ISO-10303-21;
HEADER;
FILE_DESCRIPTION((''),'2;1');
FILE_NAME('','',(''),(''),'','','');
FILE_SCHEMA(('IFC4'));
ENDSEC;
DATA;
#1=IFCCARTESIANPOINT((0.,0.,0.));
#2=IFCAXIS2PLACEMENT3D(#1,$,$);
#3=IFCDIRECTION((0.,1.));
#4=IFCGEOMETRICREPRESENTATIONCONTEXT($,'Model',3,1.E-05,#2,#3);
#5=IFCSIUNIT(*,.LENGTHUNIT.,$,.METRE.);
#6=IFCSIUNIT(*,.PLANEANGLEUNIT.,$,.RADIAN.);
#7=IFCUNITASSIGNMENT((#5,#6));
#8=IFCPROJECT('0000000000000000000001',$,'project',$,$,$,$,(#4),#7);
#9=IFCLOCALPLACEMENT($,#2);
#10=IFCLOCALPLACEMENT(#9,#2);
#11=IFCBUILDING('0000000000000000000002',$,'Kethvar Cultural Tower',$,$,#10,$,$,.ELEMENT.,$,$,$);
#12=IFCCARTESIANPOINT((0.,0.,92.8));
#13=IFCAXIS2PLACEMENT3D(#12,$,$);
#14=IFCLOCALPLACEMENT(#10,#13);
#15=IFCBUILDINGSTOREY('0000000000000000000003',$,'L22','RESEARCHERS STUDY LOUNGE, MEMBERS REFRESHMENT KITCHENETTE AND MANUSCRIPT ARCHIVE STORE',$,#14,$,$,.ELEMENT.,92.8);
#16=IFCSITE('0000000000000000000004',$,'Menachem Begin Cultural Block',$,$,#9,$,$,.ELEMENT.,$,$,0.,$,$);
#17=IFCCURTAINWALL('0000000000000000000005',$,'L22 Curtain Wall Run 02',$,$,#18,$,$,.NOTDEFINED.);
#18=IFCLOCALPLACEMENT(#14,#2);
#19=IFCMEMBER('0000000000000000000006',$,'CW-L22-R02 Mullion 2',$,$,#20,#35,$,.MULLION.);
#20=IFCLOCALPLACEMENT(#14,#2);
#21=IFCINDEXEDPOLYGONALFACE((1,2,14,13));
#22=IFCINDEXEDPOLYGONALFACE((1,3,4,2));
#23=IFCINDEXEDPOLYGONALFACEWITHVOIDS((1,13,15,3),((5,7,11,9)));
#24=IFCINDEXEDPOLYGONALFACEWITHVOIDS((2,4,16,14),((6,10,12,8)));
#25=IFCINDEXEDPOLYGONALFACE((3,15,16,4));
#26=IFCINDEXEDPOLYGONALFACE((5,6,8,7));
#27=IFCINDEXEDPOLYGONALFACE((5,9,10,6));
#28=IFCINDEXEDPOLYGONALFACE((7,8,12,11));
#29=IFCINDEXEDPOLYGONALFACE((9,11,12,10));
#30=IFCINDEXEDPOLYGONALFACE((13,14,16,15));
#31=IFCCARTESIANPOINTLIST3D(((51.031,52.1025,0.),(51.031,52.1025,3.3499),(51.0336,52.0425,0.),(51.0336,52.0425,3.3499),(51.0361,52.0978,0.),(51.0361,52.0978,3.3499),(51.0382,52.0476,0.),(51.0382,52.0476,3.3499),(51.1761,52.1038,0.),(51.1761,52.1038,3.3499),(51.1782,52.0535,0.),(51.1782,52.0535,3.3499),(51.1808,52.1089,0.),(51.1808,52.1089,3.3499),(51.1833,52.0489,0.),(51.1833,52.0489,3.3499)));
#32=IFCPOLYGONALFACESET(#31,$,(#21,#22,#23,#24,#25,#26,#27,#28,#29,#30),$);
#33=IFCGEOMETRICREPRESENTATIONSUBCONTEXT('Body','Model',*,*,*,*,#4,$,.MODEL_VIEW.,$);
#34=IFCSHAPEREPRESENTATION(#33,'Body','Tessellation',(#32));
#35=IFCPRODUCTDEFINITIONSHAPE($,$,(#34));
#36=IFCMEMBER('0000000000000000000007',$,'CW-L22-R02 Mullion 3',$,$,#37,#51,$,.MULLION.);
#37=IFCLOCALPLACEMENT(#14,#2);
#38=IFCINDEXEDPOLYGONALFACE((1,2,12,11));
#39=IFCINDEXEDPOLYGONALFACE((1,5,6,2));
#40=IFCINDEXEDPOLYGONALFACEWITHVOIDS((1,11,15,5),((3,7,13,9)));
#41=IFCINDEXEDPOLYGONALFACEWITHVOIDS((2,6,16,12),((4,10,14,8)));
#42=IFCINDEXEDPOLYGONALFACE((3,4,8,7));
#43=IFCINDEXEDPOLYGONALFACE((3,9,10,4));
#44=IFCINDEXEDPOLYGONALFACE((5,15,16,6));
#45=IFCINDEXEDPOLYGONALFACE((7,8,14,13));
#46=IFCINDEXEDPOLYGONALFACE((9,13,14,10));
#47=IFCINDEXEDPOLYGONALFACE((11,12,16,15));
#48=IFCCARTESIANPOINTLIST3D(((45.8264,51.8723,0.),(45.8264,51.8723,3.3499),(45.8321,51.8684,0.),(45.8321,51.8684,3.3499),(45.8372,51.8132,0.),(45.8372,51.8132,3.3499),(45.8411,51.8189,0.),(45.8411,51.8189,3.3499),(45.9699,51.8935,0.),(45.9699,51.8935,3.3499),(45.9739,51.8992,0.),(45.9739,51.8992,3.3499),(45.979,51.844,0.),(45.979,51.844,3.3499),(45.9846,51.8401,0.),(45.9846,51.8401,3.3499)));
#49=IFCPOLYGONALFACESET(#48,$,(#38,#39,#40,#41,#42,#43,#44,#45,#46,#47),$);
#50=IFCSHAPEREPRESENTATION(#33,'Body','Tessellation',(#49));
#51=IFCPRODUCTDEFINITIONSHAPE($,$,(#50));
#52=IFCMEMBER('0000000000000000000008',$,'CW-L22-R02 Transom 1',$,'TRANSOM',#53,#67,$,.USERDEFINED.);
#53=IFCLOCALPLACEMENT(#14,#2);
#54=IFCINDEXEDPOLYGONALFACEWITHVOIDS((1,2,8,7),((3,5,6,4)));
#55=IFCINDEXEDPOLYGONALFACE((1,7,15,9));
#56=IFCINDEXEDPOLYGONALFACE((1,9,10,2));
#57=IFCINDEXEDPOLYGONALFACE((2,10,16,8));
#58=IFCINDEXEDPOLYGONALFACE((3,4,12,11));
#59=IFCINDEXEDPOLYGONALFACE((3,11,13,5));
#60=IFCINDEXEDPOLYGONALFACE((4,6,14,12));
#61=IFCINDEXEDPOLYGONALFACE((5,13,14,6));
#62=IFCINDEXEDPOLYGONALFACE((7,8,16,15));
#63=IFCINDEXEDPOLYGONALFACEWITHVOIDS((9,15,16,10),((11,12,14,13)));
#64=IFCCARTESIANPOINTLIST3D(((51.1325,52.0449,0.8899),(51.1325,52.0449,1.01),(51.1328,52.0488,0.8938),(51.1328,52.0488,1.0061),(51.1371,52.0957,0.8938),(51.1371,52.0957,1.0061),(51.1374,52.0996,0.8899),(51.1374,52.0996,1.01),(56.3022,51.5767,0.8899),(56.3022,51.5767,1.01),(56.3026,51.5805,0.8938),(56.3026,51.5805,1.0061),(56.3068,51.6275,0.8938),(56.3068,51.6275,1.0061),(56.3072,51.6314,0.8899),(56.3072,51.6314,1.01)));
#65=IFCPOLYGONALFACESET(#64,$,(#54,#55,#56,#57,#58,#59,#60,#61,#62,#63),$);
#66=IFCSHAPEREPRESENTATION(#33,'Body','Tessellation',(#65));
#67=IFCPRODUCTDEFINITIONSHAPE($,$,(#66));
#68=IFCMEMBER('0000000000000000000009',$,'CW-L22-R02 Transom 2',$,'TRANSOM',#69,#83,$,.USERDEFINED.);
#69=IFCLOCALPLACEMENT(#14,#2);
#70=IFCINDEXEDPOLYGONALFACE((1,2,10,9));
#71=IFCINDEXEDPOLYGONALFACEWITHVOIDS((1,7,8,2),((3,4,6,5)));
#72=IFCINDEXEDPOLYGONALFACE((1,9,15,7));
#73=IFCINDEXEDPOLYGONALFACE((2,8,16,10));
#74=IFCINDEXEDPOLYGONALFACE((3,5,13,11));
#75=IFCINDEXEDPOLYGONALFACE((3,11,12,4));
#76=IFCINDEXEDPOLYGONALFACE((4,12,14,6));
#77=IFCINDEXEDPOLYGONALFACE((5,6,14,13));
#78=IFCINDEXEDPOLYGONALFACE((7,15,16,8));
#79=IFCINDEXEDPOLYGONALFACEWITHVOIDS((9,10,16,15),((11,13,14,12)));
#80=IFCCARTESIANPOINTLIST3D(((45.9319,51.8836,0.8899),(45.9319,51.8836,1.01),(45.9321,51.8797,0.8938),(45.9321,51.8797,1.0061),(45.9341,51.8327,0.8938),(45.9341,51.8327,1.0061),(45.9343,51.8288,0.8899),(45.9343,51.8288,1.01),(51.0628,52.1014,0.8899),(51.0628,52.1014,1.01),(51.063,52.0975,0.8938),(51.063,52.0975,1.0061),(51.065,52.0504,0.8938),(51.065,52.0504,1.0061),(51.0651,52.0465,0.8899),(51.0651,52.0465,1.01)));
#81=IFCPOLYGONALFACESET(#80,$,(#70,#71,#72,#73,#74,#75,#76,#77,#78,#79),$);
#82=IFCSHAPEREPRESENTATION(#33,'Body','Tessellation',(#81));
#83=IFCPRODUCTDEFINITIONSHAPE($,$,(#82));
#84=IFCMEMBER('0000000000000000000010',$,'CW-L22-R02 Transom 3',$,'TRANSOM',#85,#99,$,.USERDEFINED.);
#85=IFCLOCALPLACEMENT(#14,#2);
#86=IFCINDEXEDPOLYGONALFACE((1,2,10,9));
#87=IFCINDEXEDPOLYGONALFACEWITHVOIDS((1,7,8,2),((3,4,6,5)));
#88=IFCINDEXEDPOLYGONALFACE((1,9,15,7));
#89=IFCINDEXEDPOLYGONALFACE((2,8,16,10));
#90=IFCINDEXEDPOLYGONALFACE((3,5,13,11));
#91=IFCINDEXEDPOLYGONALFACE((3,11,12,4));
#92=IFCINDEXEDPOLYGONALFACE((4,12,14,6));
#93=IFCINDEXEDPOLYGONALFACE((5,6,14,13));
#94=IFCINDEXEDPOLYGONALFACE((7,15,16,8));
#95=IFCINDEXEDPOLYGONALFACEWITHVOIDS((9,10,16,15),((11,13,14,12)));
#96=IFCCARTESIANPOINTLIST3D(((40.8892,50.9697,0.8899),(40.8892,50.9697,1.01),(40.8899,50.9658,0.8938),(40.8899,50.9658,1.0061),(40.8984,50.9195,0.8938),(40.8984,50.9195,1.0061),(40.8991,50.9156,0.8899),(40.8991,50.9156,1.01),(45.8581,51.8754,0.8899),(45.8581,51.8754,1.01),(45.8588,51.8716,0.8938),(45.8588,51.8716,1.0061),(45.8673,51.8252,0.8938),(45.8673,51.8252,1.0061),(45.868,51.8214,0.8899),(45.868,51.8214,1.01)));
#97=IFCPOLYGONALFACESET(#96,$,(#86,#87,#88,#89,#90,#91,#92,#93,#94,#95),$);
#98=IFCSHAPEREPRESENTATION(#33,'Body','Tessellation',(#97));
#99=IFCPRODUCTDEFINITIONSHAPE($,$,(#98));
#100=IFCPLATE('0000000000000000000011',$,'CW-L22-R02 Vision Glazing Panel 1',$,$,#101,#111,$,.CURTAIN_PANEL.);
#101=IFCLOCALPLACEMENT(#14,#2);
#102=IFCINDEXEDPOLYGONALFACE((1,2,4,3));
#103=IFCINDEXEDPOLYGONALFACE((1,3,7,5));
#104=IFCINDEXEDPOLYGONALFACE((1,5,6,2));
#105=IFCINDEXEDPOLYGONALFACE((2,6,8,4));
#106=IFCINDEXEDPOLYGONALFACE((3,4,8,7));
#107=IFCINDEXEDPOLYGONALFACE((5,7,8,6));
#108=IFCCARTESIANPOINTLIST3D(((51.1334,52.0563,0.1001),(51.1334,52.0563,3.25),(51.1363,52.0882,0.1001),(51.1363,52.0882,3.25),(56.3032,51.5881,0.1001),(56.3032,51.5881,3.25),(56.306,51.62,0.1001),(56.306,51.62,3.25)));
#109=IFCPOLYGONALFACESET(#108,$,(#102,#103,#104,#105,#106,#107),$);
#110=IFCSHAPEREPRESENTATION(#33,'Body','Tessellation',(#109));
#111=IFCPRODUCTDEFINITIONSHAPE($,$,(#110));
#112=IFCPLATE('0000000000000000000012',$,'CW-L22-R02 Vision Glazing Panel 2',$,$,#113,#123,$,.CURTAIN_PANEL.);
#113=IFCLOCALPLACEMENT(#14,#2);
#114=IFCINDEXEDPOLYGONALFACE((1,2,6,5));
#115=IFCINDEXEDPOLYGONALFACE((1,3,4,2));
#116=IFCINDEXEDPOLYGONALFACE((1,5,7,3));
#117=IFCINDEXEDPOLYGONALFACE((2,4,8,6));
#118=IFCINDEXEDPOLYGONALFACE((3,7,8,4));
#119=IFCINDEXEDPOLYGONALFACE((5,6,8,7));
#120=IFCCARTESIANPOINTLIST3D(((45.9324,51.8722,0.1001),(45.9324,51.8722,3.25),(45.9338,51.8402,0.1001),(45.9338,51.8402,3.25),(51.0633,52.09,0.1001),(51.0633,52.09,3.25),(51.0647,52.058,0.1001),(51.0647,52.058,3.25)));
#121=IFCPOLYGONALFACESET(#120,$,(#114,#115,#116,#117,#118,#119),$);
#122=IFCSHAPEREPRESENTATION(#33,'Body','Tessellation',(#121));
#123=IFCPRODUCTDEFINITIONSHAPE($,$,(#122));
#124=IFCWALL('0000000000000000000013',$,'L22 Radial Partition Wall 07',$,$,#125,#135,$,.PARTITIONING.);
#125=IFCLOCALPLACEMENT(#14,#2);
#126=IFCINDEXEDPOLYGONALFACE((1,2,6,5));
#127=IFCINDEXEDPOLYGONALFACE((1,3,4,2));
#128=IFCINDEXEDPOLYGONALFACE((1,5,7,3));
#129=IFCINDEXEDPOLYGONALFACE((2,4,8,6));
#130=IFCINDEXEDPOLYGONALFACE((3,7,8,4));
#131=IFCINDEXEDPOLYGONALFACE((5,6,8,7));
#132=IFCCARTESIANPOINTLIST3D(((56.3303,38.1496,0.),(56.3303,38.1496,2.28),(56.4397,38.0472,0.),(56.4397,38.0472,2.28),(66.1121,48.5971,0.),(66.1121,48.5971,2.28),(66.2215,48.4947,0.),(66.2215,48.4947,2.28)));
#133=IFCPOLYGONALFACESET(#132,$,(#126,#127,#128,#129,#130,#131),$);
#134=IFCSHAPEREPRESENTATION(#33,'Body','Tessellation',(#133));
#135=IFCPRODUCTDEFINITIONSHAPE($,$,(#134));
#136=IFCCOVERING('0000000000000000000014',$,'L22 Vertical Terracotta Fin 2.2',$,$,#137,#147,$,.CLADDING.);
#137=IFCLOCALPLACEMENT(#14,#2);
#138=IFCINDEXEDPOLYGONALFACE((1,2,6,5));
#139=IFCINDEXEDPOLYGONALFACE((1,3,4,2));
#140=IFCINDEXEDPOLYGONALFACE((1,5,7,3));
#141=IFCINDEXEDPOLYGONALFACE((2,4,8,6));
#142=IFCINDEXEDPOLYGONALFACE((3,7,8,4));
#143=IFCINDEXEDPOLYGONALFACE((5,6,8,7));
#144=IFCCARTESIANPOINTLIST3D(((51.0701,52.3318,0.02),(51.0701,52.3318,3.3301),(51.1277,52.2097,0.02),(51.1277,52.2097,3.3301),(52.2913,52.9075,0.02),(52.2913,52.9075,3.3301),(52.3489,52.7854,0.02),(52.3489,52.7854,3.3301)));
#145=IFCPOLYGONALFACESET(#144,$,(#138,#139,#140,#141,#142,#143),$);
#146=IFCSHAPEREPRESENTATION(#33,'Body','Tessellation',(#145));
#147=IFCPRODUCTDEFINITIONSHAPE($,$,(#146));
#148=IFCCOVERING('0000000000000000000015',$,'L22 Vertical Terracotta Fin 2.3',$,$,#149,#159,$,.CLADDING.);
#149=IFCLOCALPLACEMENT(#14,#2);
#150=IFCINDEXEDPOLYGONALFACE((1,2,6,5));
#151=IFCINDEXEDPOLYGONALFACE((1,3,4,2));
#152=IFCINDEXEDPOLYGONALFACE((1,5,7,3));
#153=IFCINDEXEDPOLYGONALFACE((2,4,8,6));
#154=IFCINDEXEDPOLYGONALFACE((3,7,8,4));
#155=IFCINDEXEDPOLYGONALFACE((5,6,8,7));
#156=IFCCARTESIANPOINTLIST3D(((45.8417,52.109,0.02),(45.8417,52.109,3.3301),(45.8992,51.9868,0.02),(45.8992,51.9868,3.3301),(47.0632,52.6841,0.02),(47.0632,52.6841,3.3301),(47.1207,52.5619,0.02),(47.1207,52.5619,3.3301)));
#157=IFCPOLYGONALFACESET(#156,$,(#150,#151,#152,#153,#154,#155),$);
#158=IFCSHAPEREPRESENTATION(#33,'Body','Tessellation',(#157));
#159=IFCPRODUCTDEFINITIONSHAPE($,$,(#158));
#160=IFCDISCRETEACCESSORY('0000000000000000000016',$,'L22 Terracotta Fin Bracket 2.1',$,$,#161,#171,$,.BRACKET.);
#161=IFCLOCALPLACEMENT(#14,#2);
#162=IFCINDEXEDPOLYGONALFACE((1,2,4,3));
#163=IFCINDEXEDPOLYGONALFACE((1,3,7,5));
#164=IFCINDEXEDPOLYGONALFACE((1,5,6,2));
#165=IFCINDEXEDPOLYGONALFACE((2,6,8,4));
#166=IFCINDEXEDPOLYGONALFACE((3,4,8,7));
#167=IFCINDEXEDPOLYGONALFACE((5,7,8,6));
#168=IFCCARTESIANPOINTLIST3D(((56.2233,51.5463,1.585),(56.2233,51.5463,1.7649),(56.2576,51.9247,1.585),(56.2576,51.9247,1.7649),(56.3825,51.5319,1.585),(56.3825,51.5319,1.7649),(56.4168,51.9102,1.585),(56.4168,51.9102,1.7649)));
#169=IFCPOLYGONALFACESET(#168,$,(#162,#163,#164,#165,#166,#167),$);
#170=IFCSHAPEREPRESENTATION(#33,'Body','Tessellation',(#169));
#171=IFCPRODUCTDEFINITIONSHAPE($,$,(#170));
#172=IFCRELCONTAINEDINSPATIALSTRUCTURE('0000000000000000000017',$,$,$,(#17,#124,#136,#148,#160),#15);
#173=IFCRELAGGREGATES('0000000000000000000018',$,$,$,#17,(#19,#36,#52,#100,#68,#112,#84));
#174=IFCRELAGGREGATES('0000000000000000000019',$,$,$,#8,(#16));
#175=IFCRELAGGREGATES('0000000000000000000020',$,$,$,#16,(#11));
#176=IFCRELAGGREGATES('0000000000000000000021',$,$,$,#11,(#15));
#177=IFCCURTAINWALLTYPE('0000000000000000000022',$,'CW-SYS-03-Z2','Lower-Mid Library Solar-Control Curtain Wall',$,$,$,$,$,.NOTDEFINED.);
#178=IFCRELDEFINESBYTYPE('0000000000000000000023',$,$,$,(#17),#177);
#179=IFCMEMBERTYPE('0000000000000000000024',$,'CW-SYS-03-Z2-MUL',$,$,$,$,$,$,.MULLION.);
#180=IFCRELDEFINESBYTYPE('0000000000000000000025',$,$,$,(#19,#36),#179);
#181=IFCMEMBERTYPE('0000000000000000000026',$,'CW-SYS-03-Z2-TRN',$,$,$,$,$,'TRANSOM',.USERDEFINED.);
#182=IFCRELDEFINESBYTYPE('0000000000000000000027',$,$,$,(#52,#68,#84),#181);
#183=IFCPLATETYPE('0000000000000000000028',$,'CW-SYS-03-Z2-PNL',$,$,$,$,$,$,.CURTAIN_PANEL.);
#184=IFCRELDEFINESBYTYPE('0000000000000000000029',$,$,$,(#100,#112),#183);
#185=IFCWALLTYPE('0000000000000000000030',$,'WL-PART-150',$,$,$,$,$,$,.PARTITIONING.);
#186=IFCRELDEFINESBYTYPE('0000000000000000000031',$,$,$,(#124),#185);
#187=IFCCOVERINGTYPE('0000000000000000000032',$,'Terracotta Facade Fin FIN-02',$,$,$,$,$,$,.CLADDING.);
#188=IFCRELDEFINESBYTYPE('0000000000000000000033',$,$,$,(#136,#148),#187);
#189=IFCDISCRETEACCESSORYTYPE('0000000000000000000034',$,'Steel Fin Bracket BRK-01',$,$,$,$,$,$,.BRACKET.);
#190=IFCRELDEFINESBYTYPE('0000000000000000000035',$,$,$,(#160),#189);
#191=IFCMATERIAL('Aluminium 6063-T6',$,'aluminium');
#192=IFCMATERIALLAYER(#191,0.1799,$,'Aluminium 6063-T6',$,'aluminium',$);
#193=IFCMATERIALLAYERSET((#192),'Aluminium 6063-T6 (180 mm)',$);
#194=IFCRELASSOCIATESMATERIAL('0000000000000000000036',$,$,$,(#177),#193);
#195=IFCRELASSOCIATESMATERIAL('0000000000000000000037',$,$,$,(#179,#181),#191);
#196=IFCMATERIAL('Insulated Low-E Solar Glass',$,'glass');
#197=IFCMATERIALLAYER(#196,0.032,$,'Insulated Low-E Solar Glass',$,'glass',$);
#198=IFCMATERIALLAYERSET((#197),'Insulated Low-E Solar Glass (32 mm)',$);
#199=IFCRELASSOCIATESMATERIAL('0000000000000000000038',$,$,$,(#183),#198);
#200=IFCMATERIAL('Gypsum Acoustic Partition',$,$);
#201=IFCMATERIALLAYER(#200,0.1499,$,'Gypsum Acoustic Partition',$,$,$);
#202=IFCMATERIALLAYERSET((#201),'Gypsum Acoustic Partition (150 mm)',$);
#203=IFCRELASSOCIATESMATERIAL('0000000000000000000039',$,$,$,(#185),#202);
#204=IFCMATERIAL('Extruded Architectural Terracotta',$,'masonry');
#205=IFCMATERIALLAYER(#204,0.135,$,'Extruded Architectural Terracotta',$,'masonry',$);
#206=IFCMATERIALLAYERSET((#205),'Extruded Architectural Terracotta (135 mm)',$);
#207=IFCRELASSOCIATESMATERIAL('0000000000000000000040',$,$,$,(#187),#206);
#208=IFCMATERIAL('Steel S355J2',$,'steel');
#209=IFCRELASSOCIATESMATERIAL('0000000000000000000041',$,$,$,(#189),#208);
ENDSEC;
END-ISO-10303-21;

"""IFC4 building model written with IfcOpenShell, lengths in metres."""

from ifc_helpers import new_model, si_unit, direction, frame, frame_2d, origin, origin_2d, place, context, subcontext, project, spatial, rectangle, hollow_rectangle, extrude, source, transform, mapped, material, layer, layer_set, material_profile, profile_set, type_object, element, aggregate, save


model = new_model("IFC4")

# Units and contexts
model_context = context("Model", 3, precision=1e-05, world=origin(), true_north=direction((0.0, 1.0)))
body_context = subcontext(model_context, "Body", "Model", "MODEL_VIEW")
ifc_project = project(units=[si_unit("LENGTHUNIT", "METRE"), si_unit("PLANEANGLEUNIT", "RADIAN")], contexts=[model_context])

# Site, building, storey
site_placement = place(None, origin())
site = spatial("IfcSite", under=ifc_project, at=site_placement, Name="Menachem Begin Cultural Block", CompositionType="ELEMENT", RefElevation=0.0)
building_placement = place(site_placement, origin())
building = spatial("IfcBuilding", under=site, at=building_placement, Name="Kethvar Cultural Tower", CompositionType="ELEMENT")
storey_placement = place(building_placement, frame((0.0, 0.0, 92.8)))
storey = spatial("IfcBuildingStorey", under=building, at=storey_placement, Name="L22", Description="RESEARCHERS STUDY LOUNGE, MEMBERS REFRESHMENT KITCHENETTE AND MANUSCRIPT ARCHIVE STORE", CompositionType="ELEMENT", Elevation=92.8)

# Shared definitions
ifc_material_1 = material(Name="Steel S355J2", Category="steel")

# Shared definitions
ifc_material_2 = material(Name="Aluminium 6063-T6", Category="aluminium")
ifc_layer_1 = layer(ifc_material_2, 0.1799, Name="Aluminium 6063-T6", Category="aluminium")
ifc_layer_set_1 = layer_set([ifc_layer_1], Name="Aluminium 6063-T6 (180 mm)")
curtain_wall_type = type_object("IfcCurtainWallType", Name="CW-SYS-03-Z2", Description="Lower-Mid Library Solar-Control Curtain Wall", PredefinedType="NOTDEFINED", material=ifc_layer_set_1)
ifc_material_profile_1 = material_profile(ifc_material_2, hollow_rectangle(XDim=0.0601, YDim=0.1499, WallThickness=0.0049, at=origin_2d()), Name="Aluminium 6063-T6 — RHS150x60x5")
ifc_profile_set_1 = profile_set([ifc_material_profile_1], Name="Aluminium 6063-T6 — RHS150x60x5")
member_type_1 = type_object("IfcMemberType", Name="CW-SYS-03-Z2-MUL", PredefinedType="MULLION", material=ifc_profile_set_1)
shared_shape_1 = source(origin(), body_context, "Body", "SweptSolid", [
    extrude(hollow_rectangle(XDim=0.0601, YDim=0.1499, WallThickness=0.0049, at=origin_2d()), origin(), (0.0, 0.0, 1.0), 3.3499),
])

# Curtain wall, members, plates
curtain_wall_1_placement = place(storey_placement, origin())
curtain_wall_1 = element("IfcCurtainWall", 1, at=curtain_wall_1_placement, inside=storey, type_object=curtain_wall_type, Name="L22 Curtain Wall Run 02", PredefinedType="NOTDEFINED")
member_1_placement = place(storey_placement, frame((51.1072, 52.0757, 0.0), z_axis=(0.0, 0.0, 1.0), x_axis=(0.042416, -0.9991, 0.0)))
member_1 = element("IfcMember", 2, at=member_1_placement, type_object=member_type_1, Name="CW-L22-R02 Mullion 2", PredefinedType="MULLION", context=body_context, shape_type="MappedRepresentation", body=[
    mapped(shared_shape_1, transform((0.0, 0.0, 0.0), scale=1.0)),
])
member_2_placement = place(storey_placement, frame((45.9055, 51.8562, 0.0), z_axis=(0.0, 0.0, 1.0), x_axis=(0.179317, -0.983791, 0.0)))
member_2 = element("IfcMember", 3, at=member_2_placement, type_object=member_type_1, Name="CW-L22-R02 Mullion 3", PredefinedType="MULLION", context=body_context, shape_type="MappedRepresentation", body=[
    mapped(shared_shape_1, transform((0.0, 0.0, 0.0), scale=1.0)),
])
ifc_material_profile_2 = material_profile(ifc_material_2, hollow_rectangle(XDim=0.0549, YDim=0.1201, WallThickness=0.0039, at=origin_2d()), Name="Aluminium 6063-T6 — RHS120x55x4")
ifc_profile_set_2 = profile_set([ifc_material_profile_2], Name="Aluminium 6063-T6 — RHS120x55x4")
member_type_2 = type_object("IfcMemberType", Name="CW-SYS-03-Z2-TRN", ElementType="TRANSOM", PredefinedType="USERDEFINED", material=ifc_profile_set_2)
shared_shape_2 = source(origin(), body_context, "Body", "SweptSolid", [
    extrude(hollow_rectangle(XDim=0.0549, YDim=0.1201, WallThickness=0.0039, at=origin_2d()), origin(), (0.0, 0.0, 1.0), 5.1909),
])
member_3_placement = place(storey_placement, frame((56.3047, 51.604, 0.95), z_axis=(-0.995923, 0.090209, 0.0), x_axis=(-0.090209, -0.995923, 0.0)))
member_3 = element("IfcMember", 4, at=member_3_placement, type_object=member_type_2, Name="CW-L22-R02 Transom 1", ObjectType="TRANSOM", PredefinedType="USERDEFINED", context=body_context, shape_type="MappedRepresentation", body=[
    mapped(shared_shape_2, transform((0.0, 0.0, 0.0), scale=1.0)),
])
shared_shape_3 = source(origin(), body_context, "Body", "SweptSolid", [
    extrude(hollow_rectangle(XDim=0.0549, YDim=0.1201, WallThickness=0.0039, at=origin_2d()), origin(), (0.0, 0.0, 1.0), 5.1355),
])
member_4_placement = place(storey_placement, frame((51.064, 52.074, 0.95), z_axis=(-0.9991, -0.042406, 0.0), x_axis=(0.042406, -0.9991, 0.0)))
member_4 = element("IfcMember", 5, at=member_4_placement, type_object=member_type_2, Name="CW-L22-R02 Transom 2", ObjectType="TRANSOM", PredefinedType="USERDEFINED", context=body_context, shape_type="MappedRepresentation", body=[
    mapped(shared_shape_3, transform((0.0, 0.0, 0.0), scale=1.0)),
])
shared_shape_4 = source(origin(), body_context, "Body", "SweptSolid", [
    extrude(hollow_rectangle(XDim=0.0549, YDim=0.1201, WallThickness=0.0039, at=origin_2d()), origin(), (0.0, 0.0, 1.0), 5.0508),
])
member_5_placement = place(storey_placement, frame((45.863, 51.8484, 0.95), z_axis=(-0.983789, -0.179328, 0.0), x_axis=(0.179328, -0.983789, 0.0)))
member_5 = element("IfcMember", 6, at=member_5_placement, type_object=member_type_2, Name="CW-L22-R02 Transom 3", ObjectType="TRANSOM", PredefinedType="USERDEFINED", context=body_context, shape_type="MappedRepresentation", body=[
    mapped(shared_shape_4, transform((0.0, 0.0, 0.0), scale=1.0)),
])
ifc_material_3 = material(Name="Insulated Low-E Solar Glass", Category="glass")
ifc_layer_2 = layer(ifc_material_3, 0.032, Name="Insulated Low-E Solar Glass", Category="glass")
ifc_layer_set_2 = layer_set([ifc_layer_2], Name="Insulated Low-E Solar Glass (32 mm)")
plate_type = type_object("IfcPlateType", Name="CW-SYS-03-Z2-PNL", PredefinedType="CURTAIN_PANEL", material=ifc_layer_set_2)
shared_shape_5 = source(origin(), body_context, "Body", "SweptSolid", [
    extrude(rectangle(XDim=5.1909, YDim=0.032, at=origin_2d()), origin(), (0.0, 0.0, 1.0), 3.1499),
])
plate_1_placement = place(storey_placement, frame((53.7197, 51.8381, 0.1001), z_axis=(0.0, 0.0, 1.0), x_axis=(-0.995924, 0.090198, 0.0)))
plate_1 = element("IfcPlate", 7, at=plate_1_placement, type_object=plate_type, Name="CW-L22-R02 Vision Glazing Panel 1", PredefinedType="CURTAIN_PANEL", context=body_context, shape_type="MappedRepresentation", body=[
    mapped(shared_shape_5, transform((0.0, 0.0, 0.0), scale=1.0)),
])
shared_shape_6 = source(origin(), body_context, "Body", "SweptSolid", [
    extrude(rectangle(XDim=5.1355, YDim=0.032, at=origin_2d()), origin(), (0.0, 0.0, 1.0), 3.1499),
])
plate_2_placement = place(storey_placement, frame((48.4985, 51.9651, 0.1001), z_axis=(0.0, 0.0, 1.0), x_axis=(-0.9991, -0.042416, 0.0)))
plate_2 = element("IfcPlate", 8, at=plate_2_placement, type_object=plate_type, Name="CW-L22-R02 Vision Glazing Panel 2", PredefinedType="CURTAIN_PANEL", context=body_context, shape_type="MappedRepresentation", body=[
    mapped(shared_shape_6, transform((0.0, 0.0, 0.0), scale=1.0)),
])
aggregate(curtain_wall_1, [member_1, member_2, member_3, plate_1, member_4, plate_2, member_5])

# Wall
ifc_material_4 = material(Name="Gypsum Acoustic Partition")
ifc_layer_3 = layer(ifc_material_4, 0.1499, Name="Gypsum Acoustic Partition")
ifc_layer_set_3 = layer_set([ifc_layer_3], Name="Gypsum Acoustic Partition (150 mm)")
wall_type_1 = type_object("IfcWallType", Name="WL-PART-150", PredefinedType="PARTITIONING", material=ifc_layer_set_3)
wall_1_placement = place(storey_placement, frame((56.385, 38.0984, 0.0), z_axis=(0.0, 0.0, 1.0), x_axis=(0.683465, 0.729983, 0.0)))
element("IfcWall", 9, at=wall_1_placement, inside=storey, type_object=wall_type_1, Name="L22 Radial Partition Wall 07", PredefinedType="PARTITIONING", context=body_context, shape_type="SweptSolid", body=[
    extrude(rectangle(XDim=14.312, YDim=0.1499, at=frame_2d((7.156, 0.0))), origin(), (0.0, 0.0, 1.0), 2.28),
])

# Coverings
ifc_material_5 = material(Name="Extruded Architectural Terracotta", Category="masonry")
ifc_layer_4 = layer(ifc_material_5, 0.135, Name="Extruded Architectural Terracotta", Category="masonry")
ifc_layer_set_4 = layer_set([ifc_layer_4], Name="Extruded Architectural Terracotta (135 mm)")
covering_type = type_object("IfcCoveringType", Name="Terracotta Facade Fin FIN-02", PredefinedType="CLADDING", material=ifc_layer_set_4)
shared_shape_7 = source(origin(), body_context, "Body", "SweptSolid", [
    extrude(rectangle(XDim=1.3501, YDim=0.135, at=origin_2d()), origin(), (0.0, 0.0, 1.0), 3.3101),
])
for number, where, z_axis, x_axis, name in (
    (10, (51.7095, 52.5586, 0.02), (0.0, 0.0, 1.0), (0.90453, 0.426411, 0.0), "L22 Vertical Terracotta Fin 2.2"),
    (11, (46.4812, 52.3354, 0.02), (0.0, 0.0, 1.0), (0.904753, 0.425937, 0.0), "L22 Vertical Terracotta Fin 2.3"),
):
    element("IfcCovering", number, at=place(storey_placement, frame(where, z_axis=z_axis, x_axis=x_axis)), inside=storey, type_object=covering_type, Name=name, PredefinedType="CLADDING", context=body_context, shape_type="MappedRepresentation", body=[
        mapped(shared_shape_7, transform((0.0, 0.0, 0.0), scale=1.0)),
    ])

# Discrete accessory
discrete_accessory_type = type_object("IfcDiscreteAccessoryType", Name="Steel Fin Bracket BRK-01", PredefinedType="BRACKET", material=ifc_material_1)
shared_shape_8 = source(origin(), body_context, "Body", "SweptSolid", [
    extrude(rectangle(XDim=0.3799, YDim=0.1599, at=origin_2d()), origin(), (0.0, 0.0, 1.0), 0.1799),
])
for number, where, z_axis, x_axis, name in (
    (12, (56.3201, 51.7283, 1.585), (0.0, 0.0, 1.0), (0.090285, 0.995916, 0.0), "L22 Terracotta Fin Bracket 2.1"),
):
    element("IfcDiscreteAccessory", number, at=place(storey_placement, frame(where, z_axis=z_axis, x_axis=x_axis)), inside=storey, type_object=discrete_accessory_type, Name=name, PredefinedType="BRACKET", context=body_context, shape_type="MappedRepresentation", body=[
        mapped(shared_shape_8, transform((0.0, 0.0, 0.0), scale=1.0)),
    ])

save(model, "model.ifc")
